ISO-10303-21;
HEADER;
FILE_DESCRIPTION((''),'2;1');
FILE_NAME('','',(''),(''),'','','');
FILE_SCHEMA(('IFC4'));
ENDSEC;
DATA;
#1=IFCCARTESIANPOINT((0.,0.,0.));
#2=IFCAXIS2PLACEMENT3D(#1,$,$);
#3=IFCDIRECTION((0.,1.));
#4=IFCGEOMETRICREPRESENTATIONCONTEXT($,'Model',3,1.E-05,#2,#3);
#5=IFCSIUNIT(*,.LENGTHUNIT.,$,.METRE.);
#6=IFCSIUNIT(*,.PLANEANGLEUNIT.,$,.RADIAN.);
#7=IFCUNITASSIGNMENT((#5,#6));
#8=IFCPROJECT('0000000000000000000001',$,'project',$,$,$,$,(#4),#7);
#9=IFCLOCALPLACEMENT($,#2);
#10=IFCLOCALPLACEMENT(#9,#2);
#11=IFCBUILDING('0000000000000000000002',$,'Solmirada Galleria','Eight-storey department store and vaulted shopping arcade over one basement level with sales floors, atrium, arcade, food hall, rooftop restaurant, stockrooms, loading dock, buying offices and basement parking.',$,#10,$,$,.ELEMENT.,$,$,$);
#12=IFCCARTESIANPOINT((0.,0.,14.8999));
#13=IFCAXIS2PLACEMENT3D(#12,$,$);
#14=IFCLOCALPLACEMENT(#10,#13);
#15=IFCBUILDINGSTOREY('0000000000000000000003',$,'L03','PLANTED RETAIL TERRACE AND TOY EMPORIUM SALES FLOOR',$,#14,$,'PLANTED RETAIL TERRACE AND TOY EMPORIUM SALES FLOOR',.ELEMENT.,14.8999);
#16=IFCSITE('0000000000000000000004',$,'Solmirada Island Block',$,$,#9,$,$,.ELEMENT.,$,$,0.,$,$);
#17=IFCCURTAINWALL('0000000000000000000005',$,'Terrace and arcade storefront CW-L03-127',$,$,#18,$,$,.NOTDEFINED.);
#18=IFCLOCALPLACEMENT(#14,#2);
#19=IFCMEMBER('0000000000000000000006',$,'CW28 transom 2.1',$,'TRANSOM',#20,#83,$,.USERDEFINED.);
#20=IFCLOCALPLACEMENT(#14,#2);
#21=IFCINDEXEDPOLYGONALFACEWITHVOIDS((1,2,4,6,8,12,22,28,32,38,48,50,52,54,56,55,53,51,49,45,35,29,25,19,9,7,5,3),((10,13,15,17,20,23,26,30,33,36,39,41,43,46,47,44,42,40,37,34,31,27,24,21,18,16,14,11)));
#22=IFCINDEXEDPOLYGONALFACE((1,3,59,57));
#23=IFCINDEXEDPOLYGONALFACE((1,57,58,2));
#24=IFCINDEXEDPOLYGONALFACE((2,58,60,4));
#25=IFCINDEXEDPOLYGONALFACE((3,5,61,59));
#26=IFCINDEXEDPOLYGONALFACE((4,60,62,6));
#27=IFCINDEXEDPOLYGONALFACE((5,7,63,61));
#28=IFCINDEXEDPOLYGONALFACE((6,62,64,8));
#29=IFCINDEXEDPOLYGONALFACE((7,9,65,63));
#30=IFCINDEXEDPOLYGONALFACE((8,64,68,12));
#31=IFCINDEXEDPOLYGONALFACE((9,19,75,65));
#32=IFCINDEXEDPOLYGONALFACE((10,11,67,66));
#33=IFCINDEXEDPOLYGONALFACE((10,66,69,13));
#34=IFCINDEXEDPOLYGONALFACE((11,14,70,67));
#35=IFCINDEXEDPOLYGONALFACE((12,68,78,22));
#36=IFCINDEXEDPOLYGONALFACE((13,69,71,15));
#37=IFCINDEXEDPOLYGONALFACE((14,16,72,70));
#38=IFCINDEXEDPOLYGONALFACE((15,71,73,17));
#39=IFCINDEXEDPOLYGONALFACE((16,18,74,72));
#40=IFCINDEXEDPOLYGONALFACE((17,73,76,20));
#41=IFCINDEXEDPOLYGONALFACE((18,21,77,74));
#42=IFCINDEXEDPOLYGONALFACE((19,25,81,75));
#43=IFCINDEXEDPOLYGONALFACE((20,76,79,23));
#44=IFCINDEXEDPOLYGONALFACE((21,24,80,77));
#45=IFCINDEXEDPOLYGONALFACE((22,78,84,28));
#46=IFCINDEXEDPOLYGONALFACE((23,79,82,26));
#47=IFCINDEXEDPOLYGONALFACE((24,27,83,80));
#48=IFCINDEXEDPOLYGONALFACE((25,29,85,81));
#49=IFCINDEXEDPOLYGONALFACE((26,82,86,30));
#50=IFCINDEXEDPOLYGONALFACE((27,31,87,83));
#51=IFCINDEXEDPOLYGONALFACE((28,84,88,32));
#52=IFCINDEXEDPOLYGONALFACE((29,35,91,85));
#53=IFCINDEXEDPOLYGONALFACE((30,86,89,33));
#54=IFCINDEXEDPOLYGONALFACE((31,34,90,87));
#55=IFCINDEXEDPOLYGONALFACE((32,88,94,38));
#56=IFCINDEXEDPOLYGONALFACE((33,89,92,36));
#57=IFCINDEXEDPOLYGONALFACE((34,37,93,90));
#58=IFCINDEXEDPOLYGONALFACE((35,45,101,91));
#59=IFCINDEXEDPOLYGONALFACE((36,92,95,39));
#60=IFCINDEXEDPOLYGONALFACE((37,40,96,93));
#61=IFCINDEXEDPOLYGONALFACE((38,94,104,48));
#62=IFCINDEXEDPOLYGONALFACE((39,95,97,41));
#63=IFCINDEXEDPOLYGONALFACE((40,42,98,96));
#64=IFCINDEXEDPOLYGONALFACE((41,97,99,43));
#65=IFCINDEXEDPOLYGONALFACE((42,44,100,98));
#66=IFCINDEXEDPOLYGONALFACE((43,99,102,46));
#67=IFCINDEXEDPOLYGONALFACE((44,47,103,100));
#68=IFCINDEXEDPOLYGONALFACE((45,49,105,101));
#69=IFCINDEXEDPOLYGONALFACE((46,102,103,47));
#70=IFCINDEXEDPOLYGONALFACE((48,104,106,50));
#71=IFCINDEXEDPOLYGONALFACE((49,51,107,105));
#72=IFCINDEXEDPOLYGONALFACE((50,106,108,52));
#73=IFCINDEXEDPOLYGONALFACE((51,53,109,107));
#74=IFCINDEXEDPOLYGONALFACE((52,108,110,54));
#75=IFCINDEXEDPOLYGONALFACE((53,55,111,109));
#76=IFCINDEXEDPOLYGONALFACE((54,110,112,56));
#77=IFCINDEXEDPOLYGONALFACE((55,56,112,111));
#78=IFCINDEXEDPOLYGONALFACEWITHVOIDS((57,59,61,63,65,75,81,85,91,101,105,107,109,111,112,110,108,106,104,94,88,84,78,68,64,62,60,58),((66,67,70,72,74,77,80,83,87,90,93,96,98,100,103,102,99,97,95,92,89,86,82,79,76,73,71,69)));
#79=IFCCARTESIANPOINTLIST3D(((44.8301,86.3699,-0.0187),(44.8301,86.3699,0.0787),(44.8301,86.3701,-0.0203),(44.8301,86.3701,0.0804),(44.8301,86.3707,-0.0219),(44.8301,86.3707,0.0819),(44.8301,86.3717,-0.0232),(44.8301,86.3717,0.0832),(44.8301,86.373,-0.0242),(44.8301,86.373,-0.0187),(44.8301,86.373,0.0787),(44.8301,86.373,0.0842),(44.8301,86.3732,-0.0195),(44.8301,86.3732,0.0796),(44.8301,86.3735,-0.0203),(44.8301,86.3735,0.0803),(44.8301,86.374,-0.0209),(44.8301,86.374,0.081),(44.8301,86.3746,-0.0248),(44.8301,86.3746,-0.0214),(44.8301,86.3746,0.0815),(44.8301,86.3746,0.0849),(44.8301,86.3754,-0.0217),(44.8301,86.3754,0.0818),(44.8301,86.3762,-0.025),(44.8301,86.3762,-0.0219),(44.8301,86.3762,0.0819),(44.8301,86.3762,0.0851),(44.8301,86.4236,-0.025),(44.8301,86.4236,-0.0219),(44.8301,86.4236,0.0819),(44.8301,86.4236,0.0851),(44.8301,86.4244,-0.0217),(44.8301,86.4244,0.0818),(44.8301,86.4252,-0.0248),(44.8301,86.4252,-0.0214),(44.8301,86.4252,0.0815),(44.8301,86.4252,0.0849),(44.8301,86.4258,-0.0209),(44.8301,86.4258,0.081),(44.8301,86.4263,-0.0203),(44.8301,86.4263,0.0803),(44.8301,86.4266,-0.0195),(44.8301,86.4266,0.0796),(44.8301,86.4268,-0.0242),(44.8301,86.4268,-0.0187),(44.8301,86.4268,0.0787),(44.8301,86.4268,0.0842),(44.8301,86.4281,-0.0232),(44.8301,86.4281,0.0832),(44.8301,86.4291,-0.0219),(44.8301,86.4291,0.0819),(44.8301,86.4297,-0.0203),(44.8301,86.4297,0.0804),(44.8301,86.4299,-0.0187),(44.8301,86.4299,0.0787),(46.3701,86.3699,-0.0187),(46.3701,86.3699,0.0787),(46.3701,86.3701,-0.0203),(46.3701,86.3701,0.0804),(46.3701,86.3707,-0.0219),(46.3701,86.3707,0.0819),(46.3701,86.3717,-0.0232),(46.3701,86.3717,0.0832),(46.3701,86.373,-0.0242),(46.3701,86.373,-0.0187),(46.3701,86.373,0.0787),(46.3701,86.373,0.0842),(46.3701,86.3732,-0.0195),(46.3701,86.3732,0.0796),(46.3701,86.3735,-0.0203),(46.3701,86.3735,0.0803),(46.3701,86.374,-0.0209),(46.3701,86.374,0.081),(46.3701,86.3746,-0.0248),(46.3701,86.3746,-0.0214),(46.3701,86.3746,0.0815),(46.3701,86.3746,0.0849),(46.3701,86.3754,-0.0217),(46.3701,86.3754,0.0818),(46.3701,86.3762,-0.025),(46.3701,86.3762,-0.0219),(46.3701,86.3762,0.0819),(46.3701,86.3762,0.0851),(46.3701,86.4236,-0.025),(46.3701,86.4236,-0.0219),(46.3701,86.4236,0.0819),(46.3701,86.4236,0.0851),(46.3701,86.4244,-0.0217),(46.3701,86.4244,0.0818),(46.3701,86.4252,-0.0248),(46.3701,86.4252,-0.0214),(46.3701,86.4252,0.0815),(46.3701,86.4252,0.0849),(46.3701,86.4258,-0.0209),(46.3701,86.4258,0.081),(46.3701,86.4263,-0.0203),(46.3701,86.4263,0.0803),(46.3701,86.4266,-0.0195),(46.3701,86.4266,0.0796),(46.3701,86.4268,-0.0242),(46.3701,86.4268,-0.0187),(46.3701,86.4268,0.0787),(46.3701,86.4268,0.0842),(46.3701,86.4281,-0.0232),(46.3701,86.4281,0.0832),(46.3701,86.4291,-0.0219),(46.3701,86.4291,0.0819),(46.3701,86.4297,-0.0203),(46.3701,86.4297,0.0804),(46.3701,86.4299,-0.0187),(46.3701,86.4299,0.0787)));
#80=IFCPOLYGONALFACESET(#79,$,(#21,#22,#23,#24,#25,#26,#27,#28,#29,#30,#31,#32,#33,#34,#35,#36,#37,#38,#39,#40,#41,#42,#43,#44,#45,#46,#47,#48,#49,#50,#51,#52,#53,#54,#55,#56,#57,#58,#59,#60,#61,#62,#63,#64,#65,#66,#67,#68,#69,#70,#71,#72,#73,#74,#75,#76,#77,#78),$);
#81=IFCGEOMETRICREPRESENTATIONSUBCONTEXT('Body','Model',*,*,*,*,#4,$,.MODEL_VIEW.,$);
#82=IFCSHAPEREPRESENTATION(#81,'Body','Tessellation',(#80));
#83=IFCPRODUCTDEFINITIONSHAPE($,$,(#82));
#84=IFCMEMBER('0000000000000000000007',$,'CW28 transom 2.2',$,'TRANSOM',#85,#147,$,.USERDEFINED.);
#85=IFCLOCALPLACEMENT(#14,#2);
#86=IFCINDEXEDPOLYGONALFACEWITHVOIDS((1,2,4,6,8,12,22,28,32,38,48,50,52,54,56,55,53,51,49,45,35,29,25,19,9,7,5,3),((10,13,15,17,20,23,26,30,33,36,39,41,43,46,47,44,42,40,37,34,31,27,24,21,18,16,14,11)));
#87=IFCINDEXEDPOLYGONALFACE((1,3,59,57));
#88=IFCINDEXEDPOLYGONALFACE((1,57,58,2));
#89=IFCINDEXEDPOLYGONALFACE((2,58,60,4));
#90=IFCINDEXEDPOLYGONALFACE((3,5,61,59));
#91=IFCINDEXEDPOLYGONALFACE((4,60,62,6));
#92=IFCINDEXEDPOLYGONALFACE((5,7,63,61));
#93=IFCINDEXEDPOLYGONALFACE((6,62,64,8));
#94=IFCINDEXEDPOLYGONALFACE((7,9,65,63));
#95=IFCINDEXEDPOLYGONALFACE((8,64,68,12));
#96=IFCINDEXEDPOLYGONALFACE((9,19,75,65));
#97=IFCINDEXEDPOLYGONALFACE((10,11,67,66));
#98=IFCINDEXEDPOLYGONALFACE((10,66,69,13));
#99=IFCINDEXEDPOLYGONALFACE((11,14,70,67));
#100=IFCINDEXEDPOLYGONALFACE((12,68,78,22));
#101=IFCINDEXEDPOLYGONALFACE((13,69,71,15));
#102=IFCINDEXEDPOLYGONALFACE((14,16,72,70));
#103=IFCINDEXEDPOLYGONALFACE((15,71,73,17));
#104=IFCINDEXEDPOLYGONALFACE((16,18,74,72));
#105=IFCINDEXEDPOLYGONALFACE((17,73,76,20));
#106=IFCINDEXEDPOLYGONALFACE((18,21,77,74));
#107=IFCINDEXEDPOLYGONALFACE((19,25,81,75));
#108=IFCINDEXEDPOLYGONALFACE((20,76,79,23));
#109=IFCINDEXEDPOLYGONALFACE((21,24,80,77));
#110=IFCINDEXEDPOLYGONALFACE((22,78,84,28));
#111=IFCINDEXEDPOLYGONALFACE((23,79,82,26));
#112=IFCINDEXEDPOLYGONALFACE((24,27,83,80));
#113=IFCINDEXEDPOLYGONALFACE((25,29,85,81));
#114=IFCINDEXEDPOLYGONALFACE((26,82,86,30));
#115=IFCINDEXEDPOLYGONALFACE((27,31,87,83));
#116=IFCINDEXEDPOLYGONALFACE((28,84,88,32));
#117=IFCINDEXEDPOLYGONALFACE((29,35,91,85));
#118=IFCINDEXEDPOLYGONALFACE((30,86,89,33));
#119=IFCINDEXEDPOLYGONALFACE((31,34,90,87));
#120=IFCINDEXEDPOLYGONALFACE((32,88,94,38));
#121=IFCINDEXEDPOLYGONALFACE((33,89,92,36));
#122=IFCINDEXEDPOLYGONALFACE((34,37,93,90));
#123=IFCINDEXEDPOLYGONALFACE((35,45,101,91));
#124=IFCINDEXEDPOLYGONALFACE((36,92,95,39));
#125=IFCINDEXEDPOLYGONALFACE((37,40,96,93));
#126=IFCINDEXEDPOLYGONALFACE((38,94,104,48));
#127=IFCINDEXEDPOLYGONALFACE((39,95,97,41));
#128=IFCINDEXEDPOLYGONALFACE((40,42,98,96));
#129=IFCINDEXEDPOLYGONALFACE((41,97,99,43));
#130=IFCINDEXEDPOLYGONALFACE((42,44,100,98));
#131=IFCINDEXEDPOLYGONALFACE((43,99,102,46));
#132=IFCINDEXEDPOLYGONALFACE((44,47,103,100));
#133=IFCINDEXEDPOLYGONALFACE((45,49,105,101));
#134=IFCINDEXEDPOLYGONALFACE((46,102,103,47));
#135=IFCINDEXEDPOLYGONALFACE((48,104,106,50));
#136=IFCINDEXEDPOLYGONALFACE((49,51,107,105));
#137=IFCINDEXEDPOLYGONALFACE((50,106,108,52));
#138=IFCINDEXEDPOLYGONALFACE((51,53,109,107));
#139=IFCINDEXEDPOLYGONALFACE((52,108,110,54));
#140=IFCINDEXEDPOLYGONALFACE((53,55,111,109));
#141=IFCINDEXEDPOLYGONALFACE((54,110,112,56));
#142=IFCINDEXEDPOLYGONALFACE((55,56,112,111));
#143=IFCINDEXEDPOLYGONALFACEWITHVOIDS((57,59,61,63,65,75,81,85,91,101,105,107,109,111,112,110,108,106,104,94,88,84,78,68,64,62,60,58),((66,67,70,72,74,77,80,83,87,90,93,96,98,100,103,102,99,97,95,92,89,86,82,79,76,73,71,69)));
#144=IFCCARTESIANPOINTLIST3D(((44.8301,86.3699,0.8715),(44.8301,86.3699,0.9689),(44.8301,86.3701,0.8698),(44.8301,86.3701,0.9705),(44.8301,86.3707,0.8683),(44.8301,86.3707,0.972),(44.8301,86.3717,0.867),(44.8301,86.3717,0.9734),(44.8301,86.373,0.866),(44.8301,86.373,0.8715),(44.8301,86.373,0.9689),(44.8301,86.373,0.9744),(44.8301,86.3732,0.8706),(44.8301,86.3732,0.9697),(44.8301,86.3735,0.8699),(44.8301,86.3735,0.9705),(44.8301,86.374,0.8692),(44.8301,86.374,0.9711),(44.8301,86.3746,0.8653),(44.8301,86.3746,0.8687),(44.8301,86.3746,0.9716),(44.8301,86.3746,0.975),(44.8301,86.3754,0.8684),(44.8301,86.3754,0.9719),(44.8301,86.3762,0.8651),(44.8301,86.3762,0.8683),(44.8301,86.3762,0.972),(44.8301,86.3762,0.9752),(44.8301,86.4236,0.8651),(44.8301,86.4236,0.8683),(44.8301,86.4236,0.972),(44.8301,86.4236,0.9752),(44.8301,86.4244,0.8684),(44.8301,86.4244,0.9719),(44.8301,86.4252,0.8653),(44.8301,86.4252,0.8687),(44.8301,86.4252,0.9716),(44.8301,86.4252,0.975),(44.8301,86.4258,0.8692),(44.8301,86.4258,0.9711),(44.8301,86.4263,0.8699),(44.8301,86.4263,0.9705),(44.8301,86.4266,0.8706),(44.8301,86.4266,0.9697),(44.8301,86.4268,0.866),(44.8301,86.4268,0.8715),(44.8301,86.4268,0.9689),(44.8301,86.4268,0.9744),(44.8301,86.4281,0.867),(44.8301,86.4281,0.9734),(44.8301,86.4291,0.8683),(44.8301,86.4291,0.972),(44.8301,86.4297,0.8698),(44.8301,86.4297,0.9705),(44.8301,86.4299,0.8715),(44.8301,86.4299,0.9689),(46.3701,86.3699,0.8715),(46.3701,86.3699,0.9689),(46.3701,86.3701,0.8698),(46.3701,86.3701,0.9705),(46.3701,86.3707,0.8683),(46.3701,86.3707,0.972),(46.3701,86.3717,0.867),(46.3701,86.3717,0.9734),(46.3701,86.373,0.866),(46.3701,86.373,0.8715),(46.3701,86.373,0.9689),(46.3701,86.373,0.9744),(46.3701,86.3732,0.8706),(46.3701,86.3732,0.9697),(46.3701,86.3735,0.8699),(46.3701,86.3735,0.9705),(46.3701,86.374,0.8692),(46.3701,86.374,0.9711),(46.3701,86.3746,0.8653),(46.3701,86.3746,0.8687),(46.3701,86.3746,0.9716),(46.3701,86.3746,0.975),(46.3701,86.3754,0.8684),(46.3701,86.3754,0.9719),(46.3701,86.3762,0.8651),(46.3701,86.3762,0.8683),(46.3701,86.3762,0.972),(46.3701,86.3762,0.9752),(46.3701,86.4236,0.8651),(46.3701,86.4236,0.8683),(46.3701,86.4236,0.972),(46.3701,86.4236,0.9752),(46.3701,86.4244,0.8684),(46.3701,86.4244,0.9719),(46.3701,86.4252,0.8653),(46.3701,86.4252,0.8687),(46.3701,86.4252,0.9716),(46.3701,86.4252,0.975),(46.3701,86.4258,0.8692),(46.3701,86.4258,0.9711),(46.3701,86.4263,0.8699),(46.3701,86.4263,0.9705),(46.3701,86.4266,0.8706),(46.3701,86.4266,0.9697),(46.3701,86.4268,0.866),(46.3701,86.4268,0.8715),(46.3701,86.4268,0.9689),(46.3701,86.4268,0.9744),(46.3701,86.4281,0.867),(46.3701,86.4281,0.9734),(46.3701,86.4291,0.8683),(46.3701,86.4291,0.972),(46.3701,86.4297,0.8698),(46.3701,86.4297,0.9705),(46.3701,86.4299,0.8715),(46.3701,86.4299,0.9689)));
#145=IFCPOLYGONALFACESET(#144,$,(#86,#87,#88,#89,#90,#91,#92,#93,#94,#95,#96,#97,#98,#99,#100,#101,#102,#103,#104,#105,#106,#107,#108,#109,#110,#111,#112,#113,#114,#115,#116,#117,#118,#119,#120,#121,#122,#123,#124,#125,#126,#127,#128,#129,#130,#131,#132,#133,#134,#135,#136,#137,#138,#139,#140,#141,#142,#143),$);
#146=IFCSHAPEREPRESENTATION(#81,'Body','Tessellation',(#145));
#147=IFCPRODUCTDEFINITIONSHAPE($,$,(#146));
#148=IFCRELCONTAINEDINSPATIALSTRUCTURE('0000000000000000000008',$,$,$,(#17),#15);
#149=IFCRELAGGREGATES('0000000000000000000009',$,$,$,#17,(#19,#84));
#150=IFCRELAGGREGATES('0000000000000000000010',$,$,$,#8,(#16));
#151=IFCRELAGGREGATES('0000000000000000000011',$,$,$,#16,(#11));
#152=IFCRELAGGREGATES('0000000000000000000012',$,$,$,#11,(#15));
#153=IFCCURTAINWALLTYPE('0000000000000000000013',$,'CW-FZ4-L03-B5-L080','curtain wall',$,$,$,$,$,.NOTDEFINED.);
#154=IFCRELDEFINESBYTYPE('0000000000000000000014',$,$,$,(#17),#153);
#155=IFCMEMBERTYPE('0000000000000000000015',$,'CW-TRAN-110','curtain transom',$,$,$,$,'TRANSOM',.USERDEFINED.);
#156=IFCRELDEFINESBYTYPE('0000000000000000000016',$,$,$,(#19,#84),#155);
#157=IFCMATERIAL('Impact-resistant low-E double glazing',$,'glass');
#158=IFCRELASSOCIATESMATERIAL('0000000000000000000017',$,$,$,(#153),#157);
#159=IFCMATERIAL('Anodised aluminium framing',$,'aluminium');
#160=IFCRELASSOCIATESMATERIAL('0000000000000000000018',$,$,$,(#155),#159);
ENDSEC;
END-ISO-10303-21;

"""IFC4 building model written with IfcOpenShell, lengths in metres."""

from ifc_helpers import new_model, si_unit, direction, frame, origin, origin_2d, place, context, subcontext, project, spatial, hollow_rectangle, extrude, material, material_profile, profile_set, type_object, element, aggregate, save


model = new_model("IFC4")

# Units and contexts
model_context = context("Model", 3, precision=1e-05, world=origin(), true_north=direction((0.0, 1.0)))
body_context = subcontext(model_context, "Body", "Model", "MODEL_VIEW")
ifc_project = project(units=[si_unit("LENGTHUNIT", "METRE"), si_unit("PLANEANGLEUNIT", "RADIAN")], contexts=[model_context])

# Site, building, storey
site_placement = place(None, origin())
site = spatial("IfcSite", under=ifc_project, at=site_placement, Name="Solmirada Island Block", CompositionType="ELEMENT", RefElevation=0.0)
building_placement = place(site_placement, origin())
building = spatial("IfcBuilding", under=site, at=building_placement, Name="Solmirada Galleria", Description="Eight-storey department store and vaulted shopping arcade over one basement level with sales floors, atrium, arcade, food hall, rooftop restaurant, stockrooms, loading dock, buying offices and basement parking.", CompositionType="ELEMENT")
storey_placement = place(building_placement, frame((0.0, 0.0, 14.8999)))
storey = spatial("IfcBuildingStorey", under=building, at=storey_placement, Name="L03", Description="PLANTED RETAIL TERRACE AND TOY EMPORIUM SALES FLOOR", LongName="PLANTED RETAIL TERRACE AND TOY EMPORIUM SALES FLOOR", CompositionType="ELEMENT", Elevation=14.8999)

# Curtain wall, members
ifc_material_1 = material(Name="Impact-resistant low-E double glazing", Category="glass")
curtain_wall_type = type_object("IfcCurtainWallType", Name="CW-FZ4-L03-B5-L080", Description="curtain wall", PredefinedType="NOTDEFINED", material=ifc_material_1)
curtain_wall_placement = place(storey_placement, origin())
curtain_wall = element("IfcCurtainWall", 1, at=curtain_wall_placement, inside=storey, type_object=curtain_wall_type, Name="Terrace and arcade storefront CW-L03-127", PredefinedType="NOTDEFINED")
ifc_material_2 = material(Name="Anodised aluminium framing", Category="aluminium")
ifc_material_profile_1 = material_profile(ifc_material_2, hollow_rectangle(XDim=0.0601, YDim=0.1101, WallThickness=0.0032, InnerFilletRadius=0.0032, OuterFilletRadius=0.0063, at=origin_2d()), Name="ALU-TRAN-110X60")
ifc_profile_set_1 = profile_set([ifc_material_profile_1], Name="Anodised aluminium framing")
member_type_1 = type_object("IfcMemberType", Name="CW-TRAN-110", Description="curtain transom", ElementType="TRANSOM", PredefinedType="USERDEFINED", material=ifc_profile_set_1)
member_1_placement = place(storey_placement, frame((46.3701, 86.3999, 0.03), z_axis=(-1.0, 0.0, 0.0), x_axis=(0.0, -1.0, 0.0)))
member_1 = element("IfcMember", 2, at=member_1_placement, type_object=member_type_1, Name="CW28 transom 2.1", ObjectType="TRANSOM", PredefinedType="USERDEFINED", context=body_context, shape_type="SweptSolid", body=[
    extrude(hollow_rectangle(XDim=0.0601, YDim=0.1101, WallThickness=0.0032, InnerFilletRadius=0.0032, OuterFilletRadius=0.0063, at=origin_2d()), origin(), (0.0, 0.0, 1.0), 1.54),
])
member_2_placement = place(storey_placement, frame((46.3701, 86.3999, 0.9202), z_axis=(-1.0, 0.0, 0.0), x_axis=(0.0, -1.0, 0.0)))
member_2 = element("IfcMember", 3, at=member_2_placement, type_object=member_type_1, Name="CW28 transom 2.2", ObjectType="TRANSOM", PredefinedType="USERDEFINED", context=body_context, shape_type="SweptSolid", body=[
    extrude(hollow_rectangle(XDim=0.0601, YDim=0.1101, WallThickness=0.0032, InnerFilletRadius=0.0032, OuterFilletRadius=0.0063, at=origin_2d()), origin(), (0.0, 0.0, 1.0), 1.54),
])
aggregate(curtain_wall, [member_1, member_2])

save(model, "model.ifc")
